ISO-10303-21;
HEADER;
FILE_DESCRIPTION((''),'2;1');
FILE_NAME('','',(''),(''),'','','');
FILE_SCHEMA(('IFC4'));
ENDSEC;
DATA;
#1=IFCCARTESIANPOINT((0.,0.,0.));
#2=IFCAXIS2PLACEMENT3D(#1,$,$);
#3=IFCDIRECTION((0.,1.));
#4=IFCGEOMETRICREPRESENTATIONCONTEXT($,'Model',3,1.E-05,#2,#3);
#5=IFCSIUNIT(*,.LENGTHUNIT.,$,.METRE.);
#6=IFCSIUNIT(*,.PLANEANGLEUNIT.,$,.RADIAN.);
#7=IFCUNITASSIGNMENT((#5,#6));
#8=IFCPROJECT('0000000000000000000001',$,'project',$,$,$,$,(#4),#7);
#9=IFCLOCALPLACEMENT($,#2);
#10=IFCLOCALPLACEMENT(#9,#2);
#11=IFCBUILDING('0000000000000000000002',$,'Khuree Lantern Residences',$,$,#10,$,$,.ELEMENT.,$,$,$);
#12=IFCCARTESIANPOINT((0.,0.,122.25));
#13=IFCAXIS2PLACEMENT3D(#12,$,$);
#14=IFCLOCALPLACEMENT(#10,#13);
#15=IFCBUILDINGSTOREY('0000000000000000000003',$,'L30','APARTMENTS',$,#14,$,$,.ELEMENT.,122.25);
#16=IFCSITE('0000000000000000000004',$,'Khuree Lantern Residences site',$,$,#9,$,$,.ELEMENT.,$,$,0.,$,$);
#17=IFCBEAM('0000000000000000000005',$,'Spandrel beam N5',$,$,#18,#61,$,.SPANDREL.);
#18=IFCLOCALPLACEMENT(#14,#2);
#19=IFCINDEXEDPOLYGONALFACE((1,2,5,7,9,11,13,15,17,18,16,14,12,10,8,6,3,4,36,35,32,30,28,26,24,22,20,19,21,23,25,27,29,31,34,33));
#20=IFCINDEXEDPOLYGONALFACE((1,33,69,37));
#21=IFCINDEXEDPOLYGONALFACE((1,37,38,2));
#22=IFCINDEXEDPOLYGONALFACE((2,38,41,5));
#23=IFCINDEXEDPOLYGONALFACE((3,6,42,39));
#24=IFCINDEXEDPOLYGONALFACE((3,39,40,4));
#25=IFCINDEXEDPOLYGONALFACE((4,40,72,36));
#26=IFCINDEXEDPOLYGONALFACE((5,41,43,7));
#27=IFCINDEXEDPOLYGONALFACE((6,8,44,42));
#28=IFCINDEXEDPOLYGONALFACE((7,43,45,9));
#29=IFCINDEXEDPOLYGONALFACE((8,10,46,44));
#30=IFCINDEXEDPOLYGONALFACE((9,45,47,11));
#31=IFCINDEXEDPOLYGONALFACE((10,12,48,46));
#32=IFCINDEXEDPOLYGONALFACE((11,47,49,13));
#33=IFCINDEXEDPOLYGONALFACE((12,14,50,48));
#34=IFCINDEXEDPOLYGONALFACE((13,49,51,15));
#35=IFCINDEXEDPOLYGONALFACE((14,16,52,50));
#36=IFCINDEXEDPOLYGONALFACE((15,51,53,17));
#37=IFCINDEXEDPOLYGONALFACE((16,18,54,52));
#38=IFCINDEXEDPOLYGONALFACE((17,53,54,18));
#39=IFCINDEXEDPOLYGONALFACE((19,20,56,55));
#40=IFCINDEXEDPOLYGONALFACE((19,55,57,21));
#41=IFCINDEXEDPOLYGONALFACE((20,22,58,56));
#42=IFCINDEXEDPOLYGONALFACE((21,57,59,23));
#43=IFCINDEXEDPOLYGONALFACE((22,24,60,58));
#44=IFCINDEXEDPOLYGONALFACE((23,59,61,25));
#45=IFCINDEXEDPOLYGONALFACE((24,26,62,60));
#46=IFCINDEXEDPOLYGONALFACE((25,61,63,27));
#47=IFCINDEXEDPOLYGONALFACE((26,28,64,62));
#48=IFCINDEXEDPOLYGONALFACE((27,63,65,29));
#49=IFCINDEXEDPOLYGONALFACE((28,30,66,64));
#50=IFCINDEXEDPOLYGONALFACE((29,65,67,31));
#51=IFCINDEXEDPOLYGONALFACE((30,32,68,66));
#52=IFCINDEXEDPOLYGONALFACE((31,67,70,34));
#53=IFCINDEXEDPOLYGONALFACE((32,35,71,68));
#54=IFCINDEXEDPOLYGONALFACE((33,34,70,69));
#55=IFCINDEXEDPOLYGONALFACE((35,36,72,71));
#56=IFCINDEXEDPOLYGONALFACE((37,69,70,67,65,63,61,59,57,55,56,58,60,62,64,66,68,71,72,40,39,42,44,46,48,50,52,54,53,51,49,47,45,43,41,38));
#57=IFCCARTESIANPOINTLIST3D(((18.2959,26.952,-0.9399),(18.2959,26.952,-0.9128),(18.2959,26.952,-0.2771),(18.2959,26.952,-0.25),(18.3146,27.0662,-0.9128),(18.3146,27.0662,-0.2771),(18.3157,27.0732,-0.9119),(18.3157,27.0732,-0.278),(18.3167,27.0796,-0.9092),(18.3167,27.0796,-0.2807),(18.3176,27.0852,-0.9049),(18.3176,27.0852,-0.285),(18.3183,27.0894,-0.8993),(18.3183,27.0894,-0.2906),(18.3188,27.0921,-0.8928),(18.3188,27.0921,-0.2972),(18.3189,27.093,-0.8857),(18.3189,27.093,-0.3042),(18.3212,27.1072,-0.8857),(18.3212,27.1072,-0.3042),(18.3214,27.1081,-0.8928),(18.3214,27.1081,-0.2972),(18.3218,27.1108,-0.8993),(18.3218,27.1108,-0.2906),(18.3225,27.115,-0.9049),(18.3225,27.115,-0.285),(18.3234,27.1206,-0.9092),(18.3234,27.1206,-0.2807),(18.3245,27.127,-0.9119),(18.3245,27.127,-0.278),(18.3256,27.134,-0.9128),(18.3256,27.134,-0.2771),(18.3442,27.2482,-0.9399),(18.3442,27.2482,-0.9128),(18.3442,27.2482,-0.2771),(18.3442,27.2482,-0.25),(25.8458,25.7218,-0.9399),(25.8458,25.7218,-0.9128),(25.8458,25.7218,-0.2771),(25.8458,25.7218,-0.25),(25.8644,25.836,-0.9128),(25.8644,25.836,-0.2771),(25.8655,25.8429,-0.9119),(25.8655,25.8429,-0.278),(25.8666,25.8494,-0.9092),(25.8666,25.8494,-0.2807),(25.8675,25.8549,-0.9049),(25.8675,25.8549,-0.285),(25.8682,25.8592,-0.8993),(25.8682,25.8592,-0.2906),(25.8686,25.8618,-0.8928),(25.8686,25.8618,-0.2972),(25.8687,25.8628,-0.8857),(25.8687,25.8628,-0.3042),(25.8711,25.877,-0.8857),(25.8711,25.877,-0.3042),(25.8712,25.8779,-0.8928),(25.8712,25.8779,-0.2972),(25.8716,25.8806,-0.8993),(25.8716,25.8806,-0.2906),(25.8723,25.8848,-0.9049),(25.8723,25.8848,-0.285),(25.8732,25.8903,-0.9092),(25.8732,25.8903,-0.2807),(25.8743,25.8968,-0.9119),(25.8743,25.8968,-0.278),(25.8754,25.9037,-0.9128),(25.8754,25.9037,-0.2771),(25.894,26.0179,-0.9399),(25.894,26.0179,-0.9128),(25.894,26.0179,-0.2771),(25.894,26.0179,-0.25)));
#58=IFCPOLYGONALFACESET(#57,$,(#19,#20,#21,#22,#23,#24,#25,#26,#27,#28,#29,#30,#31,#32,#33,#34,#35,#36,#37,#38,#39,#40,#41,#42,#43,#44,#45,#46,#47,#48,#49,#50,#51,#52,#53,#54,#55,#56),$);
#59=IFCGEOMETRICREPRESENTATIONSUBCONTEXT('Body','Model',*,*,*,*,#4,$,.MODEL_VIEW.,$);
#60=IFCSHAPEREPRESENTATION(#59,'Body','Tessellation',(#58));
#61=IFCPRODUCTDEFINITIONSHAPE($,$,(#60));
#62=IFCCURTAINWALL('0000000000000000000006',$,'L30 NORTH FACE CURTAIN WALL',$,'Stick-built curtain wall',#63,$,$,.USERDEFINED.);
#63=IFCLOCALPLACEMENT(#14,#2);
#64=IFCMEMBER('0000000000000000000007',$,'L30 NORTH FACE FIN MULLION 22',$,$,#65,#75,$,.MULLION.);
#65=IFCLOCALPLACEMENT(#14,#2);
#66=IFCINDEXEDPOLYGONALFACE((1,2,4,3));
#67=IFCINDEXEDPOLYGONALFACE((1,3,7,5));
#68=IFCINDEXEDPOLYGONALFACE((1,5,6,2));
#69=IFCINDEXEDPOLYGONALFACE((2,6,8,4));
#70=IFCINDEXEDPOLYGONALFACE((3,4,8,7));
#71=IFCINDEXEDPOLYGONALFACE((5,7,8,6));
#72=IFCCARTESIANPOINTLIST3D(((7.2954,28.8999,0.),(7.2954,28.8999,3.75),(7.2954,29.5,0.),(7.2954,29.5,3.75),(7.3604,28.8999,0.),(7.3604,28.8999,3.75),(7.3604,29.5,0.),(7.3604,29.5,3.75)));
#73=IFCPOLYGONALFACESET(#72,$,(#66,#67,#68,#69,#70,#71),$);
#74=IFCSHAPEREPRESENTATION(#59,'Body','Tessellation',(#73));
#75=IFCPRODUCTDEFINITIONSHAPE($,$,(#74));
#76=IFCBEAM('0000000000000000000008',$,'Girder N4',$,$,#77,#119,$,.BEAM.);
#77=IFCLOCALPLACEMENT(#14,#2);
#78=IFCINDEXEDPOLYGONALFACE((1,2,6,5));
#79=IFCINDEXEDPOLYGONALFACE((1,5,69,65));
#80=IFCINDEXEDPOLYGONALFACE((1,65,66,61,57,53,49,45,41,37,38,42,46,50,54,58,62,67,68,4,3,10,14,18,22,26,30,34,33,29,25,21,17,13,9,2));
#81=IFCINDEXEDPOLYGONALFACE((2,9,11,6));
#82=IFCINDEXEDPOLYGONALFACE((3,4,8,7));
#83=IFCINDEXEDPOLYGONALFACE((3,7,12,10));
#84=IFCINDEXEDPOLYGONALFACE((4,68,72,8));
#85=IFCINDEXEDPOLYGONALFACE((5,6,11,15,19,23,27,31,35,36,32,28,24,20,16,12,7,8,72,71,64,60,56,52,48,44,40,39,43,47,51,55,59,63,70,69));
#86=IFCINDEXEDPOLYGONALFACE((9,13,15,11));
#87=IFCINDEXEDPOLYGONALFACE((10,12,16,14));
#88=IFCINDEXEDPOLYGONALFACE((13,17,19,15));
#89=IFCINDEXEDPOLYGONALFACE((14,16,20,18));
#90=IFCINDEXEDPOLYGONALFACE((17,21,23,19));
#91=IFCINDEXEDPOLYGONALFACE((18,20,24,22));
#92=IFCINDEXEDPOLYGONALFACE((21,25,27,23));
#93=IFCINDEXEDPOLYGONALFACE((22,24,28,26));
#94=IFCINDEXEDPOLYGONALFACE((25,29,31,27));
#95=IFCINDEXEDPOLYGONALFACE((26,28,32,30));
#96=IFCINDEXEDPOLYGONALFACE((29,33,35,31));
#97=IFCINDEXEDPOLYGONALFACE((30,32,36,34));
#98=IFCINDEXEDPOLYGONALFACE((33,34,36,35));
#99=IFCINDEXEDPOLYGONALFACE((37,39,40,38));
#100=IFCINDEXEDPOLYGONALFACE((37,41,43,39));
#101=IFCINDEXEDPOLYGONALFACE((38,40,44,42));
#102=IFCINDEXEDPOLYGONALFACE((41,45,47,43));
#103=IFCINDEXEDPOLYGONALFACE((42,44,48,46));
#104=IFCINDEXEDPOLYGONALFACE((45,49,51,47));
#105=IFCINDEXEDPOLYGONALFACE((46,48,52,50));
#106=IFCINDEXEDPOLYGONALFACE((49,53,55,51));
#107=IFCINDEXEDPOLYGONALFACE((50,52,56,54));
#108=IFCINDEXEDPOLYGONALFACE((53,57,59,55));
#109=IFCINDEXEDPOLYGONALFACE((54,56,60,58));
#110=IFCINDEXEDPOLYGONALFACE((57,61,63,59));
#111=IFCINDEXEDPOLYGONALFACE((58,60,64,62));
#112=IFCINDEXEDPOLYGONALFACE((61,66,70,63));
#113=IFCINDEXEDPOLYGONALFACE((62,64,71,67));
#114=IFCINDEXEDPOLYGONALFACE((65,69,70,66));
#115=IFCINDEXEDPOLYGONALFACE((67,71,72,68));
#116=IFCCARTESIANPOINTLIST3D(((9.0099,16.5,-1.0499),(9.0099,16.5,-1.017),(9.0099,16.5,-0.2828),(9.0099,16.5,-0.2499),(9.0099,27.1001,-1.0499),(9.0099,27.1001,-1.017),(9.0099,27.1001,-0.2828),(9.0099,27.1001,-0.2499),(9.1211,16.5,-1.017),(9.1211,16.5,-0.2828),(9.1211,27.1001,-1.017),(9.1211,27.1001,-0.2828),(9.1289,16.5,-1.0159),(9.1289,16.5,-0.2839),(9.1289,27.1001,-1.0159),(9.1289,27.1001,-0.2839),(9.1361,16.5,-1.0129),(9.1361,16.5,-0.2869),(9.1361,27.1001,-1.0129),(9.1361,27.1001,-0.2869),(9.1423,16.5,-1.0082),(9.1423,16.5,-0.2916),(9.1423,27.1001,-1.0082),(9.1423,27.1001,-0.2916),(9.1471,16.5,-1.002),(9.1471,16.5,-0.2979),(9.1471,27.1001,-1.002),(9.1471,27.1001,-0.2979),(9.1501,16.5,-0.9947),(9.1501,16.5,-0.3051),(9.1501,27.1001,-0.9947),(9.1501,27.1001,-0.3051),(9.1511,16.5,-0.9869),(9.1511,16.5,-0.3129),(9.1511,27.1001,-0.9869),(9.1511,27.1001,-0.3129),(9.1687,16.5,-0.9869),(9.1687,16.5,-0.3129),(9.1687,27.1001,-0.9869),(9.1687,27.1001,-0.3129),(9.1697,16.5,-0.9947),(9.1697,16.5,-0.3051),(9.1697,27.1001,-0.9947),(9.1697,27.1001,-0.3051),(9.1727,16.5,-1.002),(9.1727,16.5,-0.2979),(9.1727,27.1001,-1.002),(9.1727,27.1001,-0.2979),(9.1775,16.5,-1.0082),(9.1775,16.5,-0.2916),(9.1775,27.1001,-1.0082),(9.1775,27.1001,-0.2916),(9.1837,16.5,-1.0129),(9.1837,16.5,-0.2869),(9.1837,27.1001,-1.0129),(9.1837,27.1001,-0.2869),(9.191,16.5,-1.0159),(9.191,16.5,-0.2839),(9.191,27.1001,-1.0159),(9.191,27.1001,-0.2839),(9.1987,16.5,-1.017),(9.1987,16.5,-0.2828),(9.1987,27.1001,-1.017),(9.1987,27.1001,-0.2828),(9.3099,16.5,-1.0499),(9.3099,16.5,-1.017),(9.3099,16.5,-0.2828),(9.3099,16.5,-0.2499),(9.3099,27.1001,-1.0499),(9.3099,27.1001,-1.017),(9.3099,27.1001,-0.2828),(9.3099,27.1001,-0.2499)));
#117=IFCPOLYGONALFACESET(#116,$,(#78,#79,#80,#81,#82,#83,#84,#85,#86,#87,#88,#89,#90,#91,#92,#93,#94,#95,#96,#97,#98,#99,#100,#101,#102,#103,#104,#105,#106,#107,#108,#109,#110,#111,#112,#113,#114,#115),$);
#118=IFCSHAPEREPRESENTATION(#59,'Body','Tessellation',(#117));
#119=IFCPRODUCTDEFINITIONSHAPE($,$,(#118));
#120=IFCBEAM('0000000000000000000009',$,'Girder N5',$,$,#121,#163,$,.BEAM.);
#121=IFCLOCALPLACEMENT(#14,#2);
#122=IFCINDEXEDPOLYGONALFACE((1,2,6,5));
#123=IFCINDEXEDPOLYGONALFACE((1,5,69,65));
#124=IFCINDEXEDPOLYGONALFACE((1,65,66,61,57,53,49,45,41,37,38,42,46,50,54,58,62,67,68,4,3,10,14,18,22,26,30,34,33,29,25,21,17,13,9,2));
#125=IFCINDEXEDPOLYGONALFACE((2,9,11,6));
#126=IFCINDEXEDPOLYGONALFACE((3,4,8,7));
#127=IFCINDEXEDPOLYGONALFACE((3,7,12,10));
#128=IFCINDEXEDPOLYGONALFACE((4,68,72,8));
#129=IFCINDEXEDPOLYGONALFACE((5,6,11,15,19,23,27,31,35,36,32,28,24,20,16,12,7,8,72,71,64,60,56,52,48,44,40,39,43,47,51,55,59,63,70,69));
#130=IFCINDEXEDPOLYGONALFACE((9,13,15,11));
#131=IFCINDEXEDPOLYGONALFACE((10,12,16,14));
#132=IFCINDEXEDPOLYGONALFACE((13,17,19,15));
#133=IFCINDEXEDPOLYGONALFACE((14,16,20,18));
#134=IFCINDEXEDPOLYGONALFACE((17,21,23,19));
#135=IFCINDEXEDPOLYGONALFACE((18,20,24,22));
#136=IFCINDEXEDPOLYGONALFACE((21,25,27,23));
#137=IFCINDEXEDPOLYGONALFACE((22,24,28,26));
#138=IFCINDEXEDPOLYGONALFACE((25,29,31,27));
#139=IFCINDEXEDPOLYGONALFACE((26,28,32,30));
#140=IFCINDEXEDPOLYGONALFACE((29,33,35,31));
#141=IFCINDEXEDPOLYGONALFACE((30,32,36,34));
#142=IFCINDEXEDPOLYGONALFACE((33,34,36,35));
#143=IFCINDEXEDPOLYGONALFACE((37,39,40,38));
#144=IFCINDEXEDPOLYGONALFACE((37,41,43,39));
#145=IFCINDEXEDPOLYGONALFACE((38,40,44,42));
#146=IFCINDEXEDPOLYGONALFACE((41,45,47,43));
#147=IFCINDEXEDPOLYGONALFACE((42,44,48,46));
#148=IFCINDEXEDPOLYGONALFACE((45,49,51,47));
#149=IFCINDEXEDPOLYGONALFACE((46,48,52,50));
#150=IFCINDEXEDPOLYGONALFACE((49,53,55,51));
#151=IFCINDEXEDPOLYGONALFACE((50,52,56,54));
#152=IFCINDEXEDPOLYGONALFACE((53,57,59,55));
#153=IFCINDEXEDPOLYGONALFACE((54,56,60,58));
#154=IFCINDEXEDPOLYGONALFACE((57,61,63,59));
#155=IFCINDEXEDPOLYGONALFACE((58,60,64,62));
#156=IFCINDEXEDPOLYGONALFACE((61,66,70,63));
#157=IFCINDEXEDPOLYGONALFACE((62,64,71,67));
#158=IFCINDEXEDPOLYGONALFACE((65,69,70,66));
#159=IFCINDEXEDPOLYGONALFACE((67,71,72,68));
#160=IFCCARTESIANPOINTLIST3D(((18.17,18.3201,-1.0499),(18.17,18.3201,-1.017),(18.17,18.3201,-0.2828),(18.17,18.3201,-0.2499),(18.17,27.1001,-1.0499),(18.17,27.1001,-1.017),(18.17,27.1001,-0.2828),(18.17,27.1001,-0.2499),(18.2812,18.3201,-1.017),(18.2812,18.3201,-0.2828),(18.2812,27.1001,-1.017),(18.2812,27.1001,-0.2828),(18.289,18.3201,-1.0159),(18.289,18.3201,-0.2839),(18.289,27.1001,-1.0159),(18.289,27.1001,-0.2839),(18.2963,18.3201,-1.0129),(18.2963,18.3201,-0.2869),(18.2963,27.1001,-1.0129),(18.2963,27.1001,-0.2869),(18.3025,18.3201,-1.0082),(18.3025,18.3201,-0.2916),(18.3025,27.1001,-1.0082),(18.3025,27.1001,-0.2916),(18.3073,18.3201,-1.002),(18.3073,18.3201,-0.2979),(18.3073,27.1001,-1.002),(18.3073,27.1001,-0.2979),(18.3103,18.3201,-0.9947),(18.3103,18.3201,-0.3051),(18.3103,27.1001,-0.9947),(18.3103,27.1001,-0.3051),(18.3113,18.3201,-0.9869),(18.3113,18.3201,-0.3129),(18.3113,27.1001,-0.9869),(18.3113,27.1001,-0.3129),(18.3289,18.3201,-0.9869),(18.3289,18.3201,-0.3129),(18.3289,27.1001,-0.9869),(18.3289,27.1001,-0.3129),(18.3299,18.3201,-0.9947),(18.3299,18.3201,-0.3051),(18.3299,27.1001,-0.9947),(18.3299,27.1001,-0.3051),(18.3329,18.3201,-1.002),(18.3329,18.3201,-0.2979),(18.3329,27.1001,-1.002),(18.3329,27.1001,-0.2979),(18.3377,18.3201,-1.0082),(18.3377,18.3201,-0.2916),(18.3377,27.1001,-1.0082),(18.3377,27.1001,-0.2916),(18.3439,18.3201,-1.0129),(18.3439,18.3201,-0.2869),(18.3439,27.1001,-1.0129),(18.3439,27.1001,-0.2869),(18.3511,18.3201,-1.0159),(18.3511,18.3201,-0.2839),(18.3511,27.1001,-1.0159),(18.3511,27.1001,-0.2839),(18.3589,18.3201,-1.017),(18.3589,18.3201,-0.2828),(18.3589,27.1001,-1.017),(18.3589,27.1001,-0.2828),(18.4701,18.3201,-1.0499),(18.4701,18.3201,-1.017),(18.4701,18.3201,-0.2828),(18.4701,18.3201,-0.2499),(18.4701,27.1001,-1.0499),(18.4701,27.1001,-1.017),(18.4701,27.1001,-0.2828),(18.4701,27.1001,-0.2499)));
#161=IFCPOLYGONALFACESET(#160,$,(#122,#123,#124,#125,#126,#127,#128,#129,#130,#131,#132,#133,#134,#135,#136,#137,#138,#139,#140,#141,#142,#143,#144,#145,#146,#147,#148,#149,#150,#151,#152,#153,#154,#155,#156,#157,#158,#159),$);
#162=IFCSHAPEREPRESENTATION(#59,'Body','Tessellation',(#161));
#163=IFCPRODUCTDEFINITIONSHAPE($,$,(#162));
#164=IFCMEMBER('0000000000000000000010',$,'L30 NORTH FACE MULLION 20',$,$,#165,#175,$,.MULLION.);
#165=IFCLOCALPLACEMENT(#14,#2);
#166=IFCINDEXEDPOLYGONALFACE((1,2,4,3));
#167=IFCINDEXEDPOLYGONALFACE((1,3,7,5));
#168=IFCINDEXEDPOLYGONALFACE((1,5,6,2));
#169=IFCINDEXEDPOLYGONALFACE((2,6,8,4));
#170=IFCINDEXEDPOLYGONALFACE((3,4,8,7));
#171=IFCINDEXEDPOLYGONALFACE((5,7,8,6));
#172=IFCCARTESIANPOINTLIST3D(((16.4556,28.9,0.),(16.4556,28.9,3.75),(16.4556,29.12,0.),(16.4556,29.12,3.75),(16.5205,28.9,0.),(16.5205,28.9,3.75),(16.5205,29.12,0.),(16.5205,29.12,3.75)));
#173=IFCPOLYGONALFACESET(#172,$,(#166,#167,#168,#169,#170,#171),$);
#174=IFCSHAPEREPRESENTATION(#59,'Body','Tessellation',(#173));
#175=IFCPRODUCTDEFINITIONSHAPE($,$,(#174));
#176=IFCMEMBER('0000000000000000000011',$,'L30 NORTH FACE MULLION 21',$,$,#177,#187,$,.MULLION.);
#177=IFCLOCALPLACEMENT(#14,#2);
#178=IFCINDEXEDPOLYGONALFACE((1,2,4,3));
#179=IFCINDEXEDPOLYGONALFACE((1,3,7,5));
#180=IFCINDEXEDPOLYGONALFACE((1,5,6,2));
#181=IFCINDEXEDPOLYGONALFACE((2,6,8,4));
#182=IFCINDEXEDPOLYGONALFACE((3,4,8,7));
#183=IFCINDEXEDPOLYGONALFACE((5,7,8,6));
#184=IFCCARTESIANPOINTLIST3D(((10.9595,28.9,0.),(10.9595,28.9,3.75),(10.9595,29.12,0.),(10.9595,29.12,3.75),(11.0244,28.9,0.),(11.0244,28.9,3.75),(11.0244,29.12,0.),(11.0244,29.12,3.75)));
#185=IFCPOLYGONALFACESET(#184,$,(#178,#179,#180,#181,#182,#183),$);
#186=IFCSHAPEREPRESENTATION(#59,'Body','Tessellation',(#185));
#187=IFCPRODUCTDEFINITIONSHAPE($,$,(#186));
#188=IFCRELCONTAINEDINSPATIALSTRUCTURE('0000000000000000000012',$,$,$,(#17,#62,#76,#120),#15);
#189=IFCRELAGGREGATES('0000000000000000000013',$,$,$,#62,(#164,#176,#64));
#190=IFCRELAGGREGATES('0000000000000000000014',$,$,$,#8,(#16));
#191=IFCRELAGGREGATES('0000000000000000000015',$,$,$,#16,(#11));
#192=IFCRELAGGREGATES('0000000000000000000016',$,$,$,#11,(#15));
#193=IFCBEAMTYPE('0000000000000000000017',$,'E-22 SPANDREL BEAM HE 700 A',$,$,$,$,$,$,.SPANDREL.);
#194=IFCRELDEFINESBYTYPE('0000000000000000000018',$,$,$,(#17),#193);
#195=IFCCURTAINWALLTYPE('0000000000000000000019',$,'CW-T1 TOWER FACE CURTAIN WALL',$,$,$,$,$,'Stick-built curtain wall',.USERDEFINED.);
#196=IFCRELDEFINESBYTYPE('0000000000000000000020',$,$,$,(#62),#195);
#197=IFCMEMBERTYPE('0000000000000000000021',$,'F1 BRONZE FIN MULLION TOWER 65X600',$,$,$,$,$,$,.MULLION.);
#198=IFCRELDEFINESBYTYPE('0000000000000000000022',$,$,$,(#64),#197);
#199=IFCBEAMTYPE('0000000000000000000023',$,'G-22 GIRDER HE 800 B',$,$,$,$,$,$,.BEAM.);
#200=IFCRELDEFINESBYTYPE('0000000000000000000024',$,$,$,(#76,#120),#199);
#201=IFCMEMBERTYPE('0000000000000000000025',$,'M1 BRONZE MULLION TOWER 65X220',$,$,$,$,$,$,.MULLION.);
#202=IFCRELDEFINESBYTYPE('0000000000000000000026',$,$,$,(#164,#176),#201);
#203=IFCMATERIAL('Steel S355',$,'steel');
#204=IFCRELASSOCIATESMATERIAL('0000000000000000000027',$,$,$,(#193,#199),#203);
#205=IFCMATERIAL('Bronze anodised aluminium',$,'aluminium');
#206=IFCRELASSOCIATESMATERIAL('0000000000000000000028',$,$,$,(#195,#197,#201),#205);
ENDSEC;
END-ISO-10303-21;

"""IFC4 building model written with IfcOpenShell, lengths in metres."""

from ifc_helpers import new_model, si_unit, direction, frame, origin, origin_2d, place, context, subcontext, project, spatial, rectangle, i_section, extrude, material, material_profile, profile_set, type_object, element, aggregate, save


model = new_model("IFC4")

# Units and contexts
model_context = context("Model", 3, precision=1e-05, world=origin(), true_north=direction((0.0, 1.0)))
body_context = subcontext(model_context, "Body", "Model", "MODEL_VIEW")
ifc_project = project(units=[si_unit("LENGTHUNIT", "METRE"), si_unit("PLANEANGLEUNIT", "RADIAN")], contexts=[model_context])

# Site, building, storey
site_placement = place(None, origin())
site = spatial("IfcSite", under=ifc_project, at=site_placement, Name="Khuree Lantern Residences site", CompositionType="ELEMENT", RefElevation=0.0)
building_placement = place(site_placement, origin())
building = spatial("IfcBuilding", under=site, at=building_placement, Name="Khuree Lantern Residences", CompositionType="ELEMENT")
storey_placement = place(building_placement, frame((0.0, 0.0, 122.25)))
storey = spatial("IfcBuildingStorey", under=building, at=storey_placement, Name="L30", Description="APARTMENTS", CompositionType="ELEMENT", Elevation=122.25)

# Beam
ifc_material_1 = material(Name="Steel S355", Category="steel")
ifc_material_profile_1 = material_profile(ifc_material_1, i_section(OverallWidth=0.3, OverallDepth=0.6899, WebThickness=0.0144, FlangeThickness=0.0271, FilletRadius=0.0271, at=origin_2d()), Name="HE 700 A")
ifc_profile_set_1 = profile_set([ifc_material_profile_1], Name="Steel S355")
beam_type_1 = type_object("IfcBeamType", Name="E-22 SPANDREL BEAM HE 700 A", PredefinedType="SPANDREL", material=ifc_profile_set_1)
beam_1_placement = place(storey_placement, frame((18.3201, 27.1001, -0.595), z_axis=(0.986983, -0.160827, 0.0), x_axis=(0.160827, 0.986983, 0.0)))
element("IfcBeam", 1, at=beam_1_placement, inside=storey, type_object=beam_type_1, Name="Spandrel beam N5", PredefinedType="SPANDREL", context=body_context, shape_type="SweptSolid", body=[
    extrude(i_section(OverallWidth=0.3, OverallDepth=0.6899, WebThickness=0.0144, FlangeThickness=0.0271, FilletRadius=0.0271, at=origin_2d()), origin(), (0.0, 0.0, 1.0), 7.6494),
])

# Curtain wall, member
ifc_material_2 = material(Name="Bronze anodised aluminium", Category="aluminium")
curtain_wall_type = type_object("IfcCurtainWallType", Name="CW-T1 TOWER FACE CURTAIN WALL", ElementType="Stick-built curtain wall", PredefinedType="USERDEFINED", material=ifc_material_2)
curtain_wall_placement = place(storey_placement, origin())
curtain_wall = element("IfcCurtainWall", 2, at=curtain_wall_placement, inside=storey, type_object=curtain_wall_type, Name="L30 NORTH FACE CURTAIN WALL", ObjectType="Stick-built curtain wall", PredefinedType="USERDEFINED")
ifc_material_profile_2 = material_profile(ifc_material_2, rectangle(XDim=0.0649, YDim=0.6001, at=origin_2d()), Name="F1 65X600")
ifc_profile_set_2 = profile_set([ifc_material_profile_2], Name="Bronze anodised aluminium")
member_type_1 = type_object("IfcMemberType", Name="F1 BRONZE FIN MULLION TOWER 65X600", PredefinedType="MULLION", material=ifc_profile_set_2)
member_1_placement = place(storey_placement, frame((7.3279, 29.2, 0.0), z_axis=(0.0, 0.0, 1.0), x_axis=(-1.0, 0.0, 0.0)))
member_1 = element("IfcMember", 3, at=member_1_placement, type_object=member_type_1, Name="L30 NORTH FACE FIN MULLION 22", PredefinedType="MULLION", context=body_context, shape_type="SweptSolid", body=[
    extrude(rectangle(XDim=0.0649, YDim=0.6001, at=origin_2d()), origin(), (0.0, 0.0, 1.0), 3.75),
])

# Beams
ifc_material_profile_3 = material_profile(ifc_material_1, i_section(OverallWidth=0.3, OverallDepth=0.8, WebThickness=0.0176, FlangeThickness=0.033, FilletRadius=0.03, at=origin_2d()), Name="HE 800 B")
ifc_profile_set_3 = profile_set([ifc_material_profile_3], Name="Steel S355")
beam_type_2 = type_object("IfcBeamType", Name="G-22 GIRDER HE 800 B", PredefinedType="BEAM", material=ifc_profile_set_3)
beam_2_placement = place(storey_placement, frame((9.1599, 27.1001, -0.6499), z_axis=(0.0, -1.0, 0.0), x_axis=(1.0, 0.0, 0.0)))
element("IfcBeam", 4, at=beam_2_placement, inside=storey, type_object=beam_type_2, Name="Girder N4", PredefinedType="BEAM", context=body_context, shape_type="SweptSolid", body=[
    extrude(i_section(OverallWidth=0.3, OverallDepth=0.8, WebThickness=0.0176, FlangeThickness=0.033, FilletRadius=0.03, at=origin_2d()), origin(), (0.0, 0.0, 1.0), 10.6001),
])
beam_3_placement = place(storey_placement, frame((18.3201, 27.1001, -0.6499), z_axis=(0.0, -1.0, 0.0), x_axis=(1.0, 0.0, 0.0)))
element("IfcBeam", 5, at=beam_3_placement, inside=storey, type_object=beam_type_2, Name="Girder N5", PredefinedType="BEAM", context=body_context, shape_type="SweptSolid", body=[
    extrude(i_section(OverallWidth=0.3, OverallDepth=0.8, WebThickness=0.0176, FlangeThickness=0.033, FilletRadius=0.03, at=origin_2d()), origin(), (0.0, 0.0, 1.0), 8.78),
])

# Members
ifc_material_profile_4 = material_profile(ifc_material_2, rectangle(XDim=0.0649, YDim=0.22, at=origin_2d()), Name="M1 65X220")
ifc_profile_set_4 = profile_set([ifc_material_profile_4], Name="Bronze anodised aluminium")
member_type_2 = type_object("IfcMemberType", Name="M1 BRONZE MULLION TOWER 65X220", PredefinedType="MULLION", material=ifc_profile_set_4)
member_2_placement = place(storey_placement, frame((16.488, 29.01, 0.0), z_axis=(0.0, 0.0, 1.0), x_axis=(-1.0, 0.0, 0.0)))
member_2 = element("IfcMember", 6, at=member_2_placement, type_object=member_type_2, Name="L30 NORTH FACE MULLION 20", PredefinedType="MULLION", context=body_context, shape_type="SweptSolid", body=[
    extrude(rectangle(XDim=0.0649, YDim=0.22, at=origin_2d()), origin(), (0.0, 0.0, 1.0), 3.75),
])
member_3_placement = place(storey_placement, frame((10.9919, 29.01, 0.0), z_axis=(0.0, 0.0, 1.0), x_axis=(-1.0, 0.0, 0.0)))
member_3 = element("IfcMember", 7, at=member_3_placement, type_object=member_type_2, Name="L30 NORTH FACE MULLION 21", PredefinedType="MULLION", context=body_context, shape_type="SweptSolid", body=[
    extrude(rectangle(XDim=0.0649, YDim=0.22, at=origin_2d()), origin(), (0.0, 0.0, 1.0), 3.75),
])

aggregate(curtain_wall, [member_2, member_3, member_1])

save(model, "model.ifc")
